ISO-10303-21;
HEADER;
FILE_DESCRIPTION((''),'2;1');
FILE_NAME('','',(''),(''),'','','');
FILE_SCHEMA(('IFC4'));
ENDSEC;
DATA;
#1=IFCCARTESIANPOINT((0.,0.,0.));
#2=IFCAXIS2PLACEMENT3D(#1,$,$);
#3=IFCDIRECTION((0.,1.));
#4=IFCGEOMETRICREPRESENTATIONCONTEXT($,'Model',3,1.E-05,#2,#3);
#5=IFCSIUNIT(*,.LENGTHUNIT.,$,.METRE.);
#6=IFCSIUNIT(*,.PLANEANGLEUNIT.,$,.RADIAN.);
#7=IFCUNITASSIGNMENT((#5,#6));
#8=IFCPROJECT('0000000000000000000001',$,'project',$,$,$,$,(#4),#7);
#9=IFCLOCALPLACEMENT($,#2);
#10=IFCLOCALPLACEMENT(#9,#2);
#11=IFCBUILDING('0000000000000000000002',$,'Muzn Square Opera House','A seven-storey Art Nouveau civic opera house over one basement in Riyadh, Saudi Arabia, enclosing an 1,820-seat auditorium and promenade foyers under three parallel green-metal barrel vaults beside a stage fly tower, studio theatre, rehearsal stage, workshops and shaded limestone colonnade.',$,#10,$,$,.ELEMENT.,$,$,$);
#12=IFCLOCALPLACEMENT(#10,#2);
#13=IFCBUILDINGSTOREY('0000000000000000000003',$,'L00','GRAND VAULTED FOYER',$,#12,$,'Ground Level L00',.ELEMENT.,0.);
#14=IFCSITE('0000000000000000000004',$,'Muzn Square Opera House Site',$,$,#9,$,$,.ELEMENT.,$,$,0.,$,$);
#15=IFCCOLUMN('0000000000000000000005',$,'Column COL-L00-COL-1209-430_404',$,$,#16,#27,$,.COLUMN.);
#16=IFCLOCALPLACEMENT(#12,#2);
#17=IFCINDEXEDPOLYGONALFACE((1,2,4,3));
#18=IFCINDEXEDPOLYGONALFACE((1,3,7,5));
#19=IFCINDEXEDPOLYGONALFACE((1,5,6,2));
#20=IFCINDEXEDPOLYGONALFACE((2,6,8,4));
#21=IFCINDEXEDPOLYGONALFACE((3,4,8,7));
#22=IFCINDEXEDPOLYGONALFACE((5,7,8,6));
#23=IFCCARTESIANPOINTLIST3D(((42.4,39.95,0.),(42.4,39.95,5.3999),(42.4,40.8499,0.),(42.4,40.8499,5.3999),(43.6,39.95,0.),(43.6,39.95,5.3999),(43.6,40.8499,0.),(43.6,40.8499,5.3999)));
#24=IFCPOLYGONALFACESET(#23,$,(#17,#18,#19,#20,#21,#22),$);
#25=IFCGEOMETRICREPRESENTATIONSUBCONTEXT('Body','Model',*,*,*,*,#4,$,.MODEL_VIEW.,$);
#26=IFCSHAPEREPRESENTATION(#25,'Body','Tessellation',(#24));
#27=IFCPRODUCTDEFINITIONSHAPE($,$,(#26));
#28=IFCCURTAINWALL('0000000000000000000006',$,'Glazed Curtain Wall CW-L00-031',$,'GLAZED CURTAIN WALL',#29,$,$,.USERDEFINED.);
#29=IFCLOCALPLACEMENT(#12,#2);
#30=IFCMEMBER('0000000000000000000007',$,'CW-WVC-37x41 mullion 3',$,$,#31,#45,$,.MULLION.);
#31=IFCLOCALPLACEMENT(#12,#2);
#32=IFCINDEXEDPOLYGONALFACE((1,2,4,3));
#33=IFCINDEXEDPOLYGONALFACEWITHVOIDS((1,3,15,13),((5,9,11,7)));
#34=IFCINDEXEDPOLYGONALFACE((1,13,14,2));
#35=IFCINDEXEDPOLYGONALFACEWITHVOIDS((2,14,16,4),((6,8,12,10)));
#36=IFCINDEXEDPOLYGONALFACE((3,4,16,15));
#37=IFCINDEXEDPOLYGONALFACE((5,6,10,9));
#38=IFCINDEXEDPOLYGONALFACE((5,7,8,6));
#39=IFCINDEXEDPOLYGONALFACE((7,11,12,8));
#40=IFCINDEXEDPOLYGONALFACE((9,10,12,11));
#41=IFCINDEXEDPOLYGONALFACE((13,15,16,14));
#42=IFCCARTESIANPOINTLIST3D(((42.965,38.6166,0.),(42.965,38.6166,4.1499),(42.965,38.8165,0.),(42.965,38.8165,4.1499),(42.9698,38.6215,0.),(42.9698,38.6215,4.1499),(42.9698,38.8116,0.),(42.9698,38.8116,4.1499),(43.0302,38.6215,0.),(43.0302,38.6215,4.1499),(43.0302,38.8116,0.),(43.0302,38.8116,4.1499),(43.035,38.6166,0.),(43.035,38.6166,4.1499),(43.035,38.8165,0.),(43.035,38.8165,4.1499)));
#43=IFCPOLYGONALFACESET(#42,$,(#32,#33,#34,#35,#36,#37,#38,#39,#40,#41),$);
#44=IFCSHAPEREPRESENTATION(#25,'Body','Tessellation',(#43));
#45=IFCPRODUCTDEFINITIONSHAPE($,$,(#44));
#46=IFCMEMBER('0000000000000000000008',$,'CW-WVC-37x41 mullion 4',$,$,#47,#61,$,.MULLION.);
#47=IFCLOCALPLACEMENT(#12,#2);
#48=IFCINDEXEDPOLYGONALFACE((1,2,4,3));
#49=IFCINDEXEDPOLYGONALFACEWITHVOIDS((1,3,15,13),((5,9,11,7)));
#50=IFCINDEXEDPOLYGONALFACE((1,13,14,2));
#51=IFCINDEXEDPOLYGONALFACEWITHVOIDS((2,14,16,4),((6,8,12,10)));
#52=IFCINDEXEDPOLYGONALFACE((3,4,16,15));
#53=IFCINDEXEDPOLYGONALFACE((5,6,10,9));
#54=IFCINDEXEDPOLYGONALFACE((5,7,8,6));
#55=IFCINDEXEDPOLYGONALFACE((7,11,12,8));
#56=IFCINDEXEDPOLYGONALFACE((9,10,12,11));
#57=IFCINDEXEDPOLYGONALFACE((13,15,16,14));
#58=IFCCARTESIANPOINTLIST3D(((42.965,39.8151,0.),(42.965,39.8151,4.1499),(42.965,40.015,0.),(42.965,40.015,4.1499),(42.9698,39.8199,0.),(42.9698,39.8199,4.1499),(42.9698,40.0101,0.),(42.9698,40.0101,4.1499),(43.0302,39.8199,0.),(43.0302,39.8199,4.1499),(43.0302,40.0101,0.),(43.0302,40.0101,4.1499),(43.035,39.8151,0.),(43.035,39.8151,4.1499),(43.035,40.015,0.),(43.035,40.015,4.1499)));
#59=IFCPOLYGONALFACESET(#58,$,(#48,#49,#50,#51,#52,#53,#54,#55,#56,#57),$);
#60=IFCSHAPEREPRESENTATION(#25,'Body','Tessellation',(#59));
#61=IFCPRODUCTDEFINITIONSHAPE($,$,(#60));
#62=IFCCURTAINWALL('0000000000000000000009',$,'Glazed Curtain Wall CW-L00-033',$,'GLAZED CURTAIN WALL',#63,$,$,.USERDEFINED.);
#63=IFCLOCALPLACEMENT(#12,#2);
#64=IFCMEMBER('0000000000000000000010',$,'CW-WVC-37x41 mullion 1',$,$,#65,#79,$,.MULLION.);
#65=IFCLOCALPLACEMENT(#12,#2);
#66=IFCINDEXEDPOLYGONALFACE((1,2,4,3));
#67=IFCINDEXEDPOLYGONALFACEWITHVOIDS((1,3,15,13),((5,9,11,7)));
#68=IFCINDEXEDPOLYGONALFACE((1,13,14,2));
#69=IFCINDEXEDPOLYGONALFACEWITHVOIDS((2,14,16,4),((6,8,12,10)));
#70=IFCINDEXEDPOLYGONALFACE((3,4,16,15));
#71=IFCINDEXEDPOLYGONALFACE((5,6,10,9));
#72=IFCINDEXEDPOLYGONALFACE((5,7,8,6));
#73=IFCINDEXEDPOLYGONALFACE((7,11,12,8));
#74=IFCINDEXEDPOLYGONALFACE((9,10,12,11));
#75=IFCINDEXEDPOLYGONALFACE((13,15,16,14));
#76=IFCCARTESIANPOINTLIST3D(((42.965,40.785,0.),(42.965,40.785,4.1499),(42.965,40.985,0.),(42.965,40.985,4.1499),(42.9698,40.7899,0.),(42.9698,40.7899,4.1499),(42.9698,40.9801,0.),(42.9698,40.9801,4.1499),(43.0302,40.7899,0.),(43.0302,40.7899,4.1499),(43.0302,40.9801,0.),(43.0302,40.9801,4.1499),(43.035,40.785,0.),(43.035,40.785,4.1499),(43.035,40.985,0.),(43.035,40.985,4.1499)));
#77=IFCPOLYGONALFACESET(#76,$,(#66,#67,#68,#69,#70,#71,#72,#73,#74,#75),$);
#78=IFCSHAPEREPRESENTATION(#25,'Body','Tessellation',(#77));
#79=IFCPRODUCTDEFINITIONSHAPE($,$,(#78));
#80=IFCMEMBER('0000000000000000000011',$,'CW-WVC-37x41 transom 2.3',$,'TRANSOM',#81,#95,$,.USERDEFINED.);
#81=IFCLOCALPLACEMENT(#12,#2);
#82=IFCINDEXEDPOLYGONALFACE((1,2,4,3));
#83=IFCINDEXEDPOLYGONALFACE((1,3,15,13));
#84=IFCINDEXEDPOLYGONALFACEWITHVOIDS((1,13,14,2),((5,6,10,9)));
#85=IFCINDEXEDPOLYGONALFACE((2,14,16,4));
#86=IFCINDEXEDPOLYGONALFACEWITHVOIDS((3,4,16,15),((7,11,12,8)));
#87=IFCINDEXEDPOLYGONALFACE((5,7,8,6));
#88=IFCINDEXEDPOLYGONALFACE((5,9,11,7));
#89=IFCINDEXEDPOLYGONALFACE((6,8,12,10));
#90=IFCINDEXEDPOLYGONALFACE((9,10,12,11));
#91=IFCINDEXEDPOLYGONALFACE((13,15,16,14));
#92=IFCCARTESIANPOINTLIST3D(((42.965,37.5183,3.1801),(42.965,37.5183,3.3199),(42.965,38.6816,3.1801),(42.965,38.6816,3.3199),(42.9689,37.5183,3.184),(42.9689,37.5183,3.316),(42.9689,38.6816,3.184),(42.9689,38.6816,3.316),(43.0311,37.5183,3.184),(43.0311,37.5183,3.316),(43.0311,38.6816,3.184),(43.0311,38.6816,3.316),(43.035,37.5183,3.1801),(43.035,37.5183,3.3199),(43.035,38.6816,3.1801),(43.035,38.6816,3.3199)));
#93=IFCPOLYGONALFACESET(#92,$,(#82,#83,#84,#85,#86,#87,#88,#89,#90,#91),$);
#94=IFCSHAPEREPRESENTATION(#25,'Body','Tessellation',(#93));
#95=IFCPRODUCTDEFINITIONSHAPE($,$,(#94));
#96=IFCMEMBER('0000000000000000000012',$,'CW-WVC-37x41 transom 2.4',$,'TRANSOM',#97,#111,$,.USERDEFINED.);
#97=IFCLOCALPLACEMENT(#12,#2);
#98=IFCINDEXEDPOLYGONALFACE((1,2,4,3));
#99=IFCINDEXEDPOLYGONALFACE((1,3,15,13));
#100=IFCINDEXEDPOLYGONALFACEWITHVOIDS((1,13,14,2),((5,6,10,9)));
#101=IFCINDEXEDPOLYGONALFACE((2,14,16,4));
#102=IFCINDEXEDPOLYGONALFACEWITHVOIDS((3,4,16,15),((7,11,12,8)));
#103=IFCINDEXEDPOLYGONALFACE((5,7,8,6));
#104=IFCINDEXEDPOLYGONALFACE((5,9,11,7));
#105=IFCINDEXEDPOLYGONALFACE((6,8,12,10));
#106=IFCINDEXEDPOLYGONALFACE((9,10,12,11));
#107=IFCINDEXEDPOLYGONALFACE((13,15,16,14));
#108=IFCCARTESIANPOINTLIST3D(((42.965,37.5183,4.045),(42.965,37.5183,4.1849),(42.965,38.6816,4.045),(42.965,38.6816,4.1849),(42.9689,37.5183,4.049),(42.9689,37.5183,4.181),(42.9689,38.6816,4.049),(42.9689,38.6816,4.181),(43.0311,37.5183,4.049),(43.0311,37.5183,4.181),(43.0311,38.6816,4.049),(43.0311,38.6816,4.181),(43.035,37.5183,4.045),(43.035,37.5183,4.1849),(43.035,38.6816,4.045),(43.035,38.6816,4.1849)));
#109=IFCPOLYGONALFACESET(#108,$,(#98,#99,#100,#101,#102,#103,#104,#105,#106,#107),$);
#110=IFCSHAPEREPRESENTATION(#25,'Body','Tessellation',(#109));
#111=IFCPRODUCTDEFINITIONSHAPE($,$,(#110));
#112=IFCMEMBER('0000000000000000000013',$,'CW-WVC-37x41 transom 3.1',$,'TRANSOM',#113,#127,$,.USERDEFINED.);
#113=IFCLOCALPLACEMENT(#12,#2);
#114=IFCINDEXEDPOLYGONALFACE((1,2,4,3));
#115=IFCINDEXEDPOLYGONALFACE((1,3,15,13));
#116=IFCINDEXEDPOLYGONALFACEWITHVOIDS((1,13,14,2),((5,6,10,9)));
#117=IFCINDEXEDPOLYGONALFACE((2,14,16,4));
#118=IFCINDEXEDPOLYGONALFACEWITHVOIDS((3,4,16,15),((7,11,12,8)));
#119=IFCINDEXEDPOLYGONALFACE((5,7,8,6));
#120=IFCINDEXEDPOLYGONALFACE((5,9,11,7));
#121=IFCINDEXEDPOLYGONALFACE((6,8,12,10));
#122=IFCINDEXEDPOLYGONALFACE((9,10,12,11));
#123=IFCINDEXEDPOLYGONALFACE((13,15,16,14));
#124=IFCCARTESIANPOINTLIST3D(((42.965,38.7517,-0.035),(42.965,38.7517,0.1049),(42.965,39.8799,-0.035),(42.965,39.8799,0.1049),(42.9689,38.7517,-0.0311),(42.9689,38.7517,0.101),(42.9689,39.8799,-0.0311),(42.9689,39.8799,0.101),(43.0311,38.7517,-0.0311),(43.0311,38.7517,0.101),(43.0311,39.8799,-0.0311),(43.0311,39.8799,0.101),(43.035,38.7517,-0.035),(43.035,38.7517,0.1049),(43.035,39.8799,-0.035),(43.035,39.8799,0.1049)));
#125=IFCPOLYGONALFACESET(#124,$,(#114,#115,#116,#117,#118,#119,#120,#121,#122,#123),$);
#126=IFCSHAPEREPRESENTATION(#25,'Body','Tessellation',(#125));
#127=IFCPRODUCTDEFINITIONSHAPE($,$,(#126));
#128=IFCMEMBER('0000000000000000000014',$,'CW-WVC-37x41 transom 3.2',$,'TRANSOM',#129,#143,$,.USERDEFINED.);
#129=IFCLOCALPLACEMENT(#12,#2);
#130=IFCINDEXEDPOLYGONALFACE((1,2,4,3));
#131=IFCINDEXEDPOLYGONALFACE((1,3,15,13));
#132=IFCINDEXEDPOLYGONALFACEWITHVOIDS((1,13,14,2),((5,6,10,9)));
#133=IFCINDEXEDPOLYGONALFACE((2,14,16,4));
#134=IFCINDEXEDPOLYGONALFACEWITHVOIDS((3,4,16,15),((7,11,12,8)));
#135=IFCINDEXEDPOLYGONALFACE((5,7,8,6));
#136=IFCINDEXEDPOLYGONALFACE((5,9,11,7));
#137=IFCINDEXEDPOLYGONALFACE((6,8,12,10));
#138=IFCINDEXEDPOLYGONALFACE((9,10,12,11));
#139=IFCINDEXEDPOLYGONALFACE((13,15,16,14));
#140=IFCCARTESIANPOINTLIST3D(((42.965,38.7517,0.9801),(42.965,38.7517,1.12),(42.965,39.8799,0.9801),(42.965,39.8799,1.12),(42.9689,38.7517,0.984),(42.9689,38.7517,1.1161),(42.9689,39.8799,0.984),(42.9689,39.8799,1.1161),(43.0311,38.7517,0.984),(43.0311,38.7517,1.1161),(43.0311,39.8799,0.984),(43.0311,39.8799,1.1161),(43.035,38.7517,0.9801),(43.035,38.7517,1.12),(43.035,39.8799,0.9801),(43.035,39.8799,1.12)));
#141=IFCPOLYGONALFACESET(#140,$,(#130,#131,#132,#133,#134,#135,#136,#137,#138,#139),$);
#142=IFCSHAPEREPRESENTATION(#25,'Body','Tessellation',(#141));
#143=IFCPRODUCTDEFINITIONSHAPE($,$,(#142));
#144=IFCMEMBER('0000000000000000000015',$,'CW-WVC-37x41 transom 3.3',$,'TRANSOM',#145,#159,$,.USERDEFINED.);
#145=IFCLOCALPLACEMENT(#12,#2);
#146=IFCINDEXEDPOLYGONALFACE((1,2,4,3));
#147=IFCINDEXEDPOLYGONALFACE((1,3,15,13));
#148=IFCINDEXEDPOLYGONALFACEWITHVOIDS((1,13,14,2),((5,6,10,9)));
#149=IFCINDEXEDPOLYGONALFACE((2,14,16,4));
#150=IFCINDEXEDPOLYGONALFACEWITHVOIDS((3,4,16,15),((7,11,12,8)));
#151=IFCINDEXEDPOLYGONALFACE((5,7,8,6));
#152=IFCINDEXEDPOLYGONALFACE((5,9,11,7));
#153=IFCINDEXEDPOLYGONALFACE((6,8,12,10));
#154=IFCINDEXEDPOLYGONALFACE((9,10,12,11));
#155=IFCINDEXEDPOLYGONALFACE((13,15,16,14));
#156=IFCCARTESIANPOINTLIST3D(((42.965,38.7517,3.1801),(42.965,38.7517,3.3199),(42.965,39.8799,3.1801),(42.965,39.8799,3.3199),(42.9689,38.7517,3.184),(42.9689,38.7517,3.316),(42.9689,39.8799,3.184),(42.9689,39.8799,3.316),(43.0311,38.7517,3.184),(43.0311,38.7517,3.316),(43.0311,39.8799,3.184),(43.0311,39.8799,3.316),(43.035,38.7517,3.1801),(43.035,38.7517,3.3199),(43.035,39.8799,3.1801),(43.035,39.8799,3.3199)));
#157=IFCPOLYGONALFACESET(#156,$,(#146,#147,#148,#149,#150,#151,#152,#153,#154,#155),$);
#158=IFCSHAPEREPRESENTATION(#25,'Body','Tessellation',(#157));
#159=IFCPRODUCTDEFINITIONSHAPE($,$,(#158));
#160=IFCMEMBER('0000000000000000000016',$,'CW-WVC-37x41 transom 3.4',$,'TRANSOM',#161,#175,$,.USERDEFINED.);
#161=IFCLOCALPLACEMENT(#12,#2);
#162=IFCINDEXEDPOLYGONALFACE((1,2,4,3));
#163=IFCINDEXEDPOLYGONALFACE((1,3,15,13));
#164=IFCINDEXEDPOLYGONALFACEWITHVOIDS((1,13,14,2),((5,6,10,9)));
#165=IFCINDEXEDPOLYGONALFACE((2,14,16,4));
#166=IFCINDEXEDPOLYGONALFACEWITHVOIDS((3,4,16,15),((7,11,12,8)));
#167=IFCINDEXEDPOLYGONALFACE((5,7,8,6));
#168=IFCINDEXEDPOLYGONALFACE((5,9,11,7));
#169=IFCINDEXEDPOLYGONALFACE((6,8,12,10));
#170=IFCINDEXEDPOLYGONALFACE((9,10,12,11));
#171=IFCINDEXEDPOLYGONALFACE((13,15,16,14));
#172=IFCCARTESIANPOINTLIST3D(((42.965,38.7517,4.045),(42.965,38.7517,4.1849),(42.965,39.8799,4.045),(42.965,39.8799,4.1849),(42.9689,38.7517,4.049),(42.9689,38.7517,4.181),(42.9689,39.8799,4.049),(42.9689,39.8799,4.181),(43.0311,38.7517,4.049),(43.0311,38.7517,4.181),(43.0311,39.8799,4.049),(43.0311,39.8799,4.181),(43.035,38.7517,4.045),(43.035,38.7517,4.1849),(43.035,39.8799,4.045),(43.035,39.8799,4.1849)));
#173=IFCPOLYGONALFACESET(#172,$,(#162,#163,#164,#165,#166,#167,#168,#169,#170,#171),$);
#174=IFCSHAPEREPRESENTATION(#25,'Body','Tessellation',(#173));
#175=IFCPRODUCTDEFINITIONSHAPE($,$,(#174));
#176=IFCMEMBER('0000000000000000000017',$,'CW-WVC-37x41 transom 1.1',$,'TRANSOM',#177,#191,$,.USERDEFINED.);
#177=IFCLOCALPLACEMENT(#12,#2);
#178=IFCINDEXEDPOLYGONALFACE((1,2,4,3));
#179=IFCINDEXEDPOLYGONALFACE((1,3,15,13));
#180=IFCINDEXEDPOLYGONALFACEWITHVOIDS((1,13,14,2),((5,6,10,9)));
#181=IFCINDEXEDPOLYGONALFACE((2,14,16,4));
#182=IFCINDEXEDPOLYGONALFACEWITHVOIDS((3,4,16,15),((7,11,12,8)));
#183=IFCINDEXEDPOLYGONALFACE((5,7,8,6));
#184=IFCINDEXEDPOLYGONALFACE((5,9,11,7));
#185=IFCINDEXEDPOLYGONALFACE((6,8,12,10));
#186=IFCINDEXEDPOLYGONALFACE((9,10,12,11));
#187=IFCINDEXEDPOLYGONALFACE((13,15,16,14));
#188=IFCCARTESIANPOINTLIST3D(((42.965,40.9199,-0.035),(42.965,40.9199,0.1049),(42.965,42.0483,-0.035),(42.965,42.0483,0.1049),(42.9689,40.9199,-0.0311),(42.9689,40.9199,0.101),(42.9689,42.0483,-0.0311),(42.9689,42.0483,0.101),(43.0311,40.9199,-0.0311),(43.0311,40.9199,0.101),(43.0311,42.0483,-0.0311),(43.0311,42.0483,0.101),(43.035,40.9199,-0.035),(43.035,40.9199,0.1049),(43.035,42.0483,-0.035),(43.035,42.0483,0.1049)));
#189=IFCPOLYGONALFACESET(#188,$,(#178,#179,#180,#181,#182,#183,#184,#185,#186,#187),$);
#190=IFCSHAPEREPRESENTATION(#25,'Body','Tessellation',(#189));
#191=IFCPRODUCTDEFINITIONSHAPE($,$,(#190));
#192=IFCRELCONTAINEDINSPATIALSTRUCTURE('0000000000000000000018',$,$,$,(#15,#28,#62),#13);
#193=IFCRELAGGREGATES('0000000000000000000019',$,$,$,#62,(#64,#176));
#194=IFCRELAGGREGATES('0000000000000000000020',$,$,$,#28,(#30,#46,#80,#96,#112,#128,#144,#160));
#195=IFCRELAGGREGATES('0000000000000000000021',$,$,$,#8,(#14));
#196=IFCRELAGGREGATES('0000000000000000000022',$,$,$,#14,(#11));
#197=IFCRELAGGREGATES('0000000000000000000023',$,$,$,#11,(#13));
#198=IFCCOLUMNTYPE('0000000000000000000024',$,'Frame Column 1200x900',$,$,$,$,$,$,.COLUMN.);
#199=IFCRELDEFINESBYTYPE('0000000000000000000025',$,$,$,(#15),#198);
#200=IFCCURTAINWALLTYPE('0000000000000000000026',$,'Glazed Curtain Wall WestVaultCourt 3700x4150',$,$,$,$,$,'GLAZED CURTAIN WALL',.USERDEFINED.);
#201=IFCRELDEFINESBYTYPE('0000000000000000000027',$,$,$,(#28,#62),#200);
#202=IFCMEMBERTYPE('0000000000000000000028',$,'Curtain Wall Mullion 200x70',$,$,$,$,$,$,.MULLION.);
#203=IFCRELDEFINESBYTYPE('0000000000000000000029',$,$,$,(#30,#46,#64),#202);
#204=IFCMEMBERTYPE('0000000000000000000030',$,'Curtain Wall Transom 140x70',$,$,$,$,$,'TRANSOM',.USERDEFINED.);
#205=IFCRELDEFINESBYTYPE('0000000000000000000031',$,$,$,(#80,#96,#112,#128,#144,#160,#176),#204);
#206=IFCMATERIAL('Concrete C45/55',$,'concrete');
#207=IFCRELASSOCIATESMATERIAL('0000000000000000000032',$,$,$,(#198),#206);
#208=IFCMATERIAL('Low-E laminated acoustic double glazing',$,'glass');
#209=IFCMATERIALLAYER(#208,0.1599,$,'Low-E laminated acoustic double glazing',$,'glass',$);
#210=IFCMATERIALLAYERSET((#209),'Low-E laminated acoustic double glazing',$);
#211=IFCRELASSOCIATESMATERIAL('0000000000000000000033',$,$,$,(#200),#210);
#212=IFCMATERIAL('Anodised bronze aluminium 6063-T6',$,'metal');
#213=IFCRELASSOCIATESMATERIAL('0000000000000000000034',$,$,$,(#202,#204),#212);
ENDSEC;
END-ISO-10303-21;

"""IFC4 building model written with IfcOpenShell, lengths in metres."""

from ifc_helpers import new_model, si_unit, direction, frame, origin, origin_2d, place, context, subcontext, project, spatial, rectangle, hollow_rectangle, extrude, material, layer, layer_set, material_profile, profile_set, type_object, element, aggregate, save


model = new_model("IFC4")

# Units and contexts
model_context = context("Model", 3, precision=1e-05, world=origin(), true_north=direction((0.0, 1.0)))
body_context = subcontext(model_context, "Body", "Model", "MODEL_VIEW")
ifc_project = project(units=[si_unit("LENGTHUNIT", "METRE"), si_unit("PLANEANGLEUNIT", "RADIAN")], contexts=[model_context])

# Site, building, storey
site_placement = place(None, origin())
site = spatial("IfcSite", under=ifc_project, at=site_placement, Name="Muzn Square Opera House Site", CompositionType="ELEMENT", RefElevation=0.0)
building_placement = place(site_placement, origin())
building = spatial("IfcBuilding", under=site, at=building_placement, Name="Muzn Square Opera House", Description="A seven-storey Art Nouveau civic opera house over one basement in Riyadh, Saudi Arabia, enclosing an 1,820-seat auditorium and promenade foyers under three parallel green-metal barrel vaults beside a stage fly tower, studio theatre, rehearsal stage, workshops and shaded limestone colonnade.", CompositionType="ELEMENT")
storey_placement = place(building_placement, origin())
storey = spatial("IfcBuildingStorey", under=building, at=storey_placement, Name="L00", Description="GRAND VAULTED FOYER", LongName="Ground Level L00", CompositionType="ELEMENT", Elevation=0.0)

# Column
ifc_material_1 = material(Name="Concrete C45/55", Category="concrete")
ifc_material_profile_1 = material_profile(ifc_material_1, rectangle(XDim=1.2, YDim=0.8999, at=origin_2d()), Name="RC 1200x900", Category="concrete")
ifc_profile_set_1 = profile_set([ifc_material_profile_1], Name="Concrete C45/55")
column_type = type_object("IfcColumnType", Name="Frame Column 1200x900", PredefinedType="COLUMN", material=ifc_profile_set_1)
column_placement = place(storey_placement, frame((43.0, 40.3999, 0.0), z_axis=(0.0, 0.0, 1.0), x_axis=(1.0, 0.0, 0.0)))
element("IfcColumn", 1, at=column_placement, inside=storey, type_object=column_type, Name="Column COL-L00-COL-1209-430_404", PredefinedType="COLUMN", context=body_context, shape_type="SweptSolid", body=[
    extrude(rectangle(XDim=1.2, YDim=0.8999, at=origin_2d()), origin(), (0.0, 0.0, 1.0), 5.3999),
])

# Curtain wall, members
ifc_material_2 = material(Name="Low-E laminated acoustic double glazing", Category="glass")
ifc_layer_1 = layer(ifc_material_2, 0.1599, Name="Low-E laminated acoustic double glazing", Category="glass")
ifc_layer_set_1 = layer_set([ifc_layer_1], Name="Low-E laminated acoustic double glazing")
curtain_wall_type = type_object("IfcCurtainWallType", Name="Glazed Curtain Wall WestVaultCourt 3700x4150", ElementType="GLAZED CURTAIN WALL", PredefinedType="USERDEFINED", material=ifc_layer_set_1)
curtain_wall_1_placement = place(storey_placement, origin())
curtain_wall_1 = element("IfcCurtainWall", 2, at=curtain_wall_1_placement, inside=storey, type_object=curtain_wall_type, Name="Glazed Curtain Wall CW-L00-031", ObjectType="GLAZED CURTAIN WALL", PredefinedType="USERDEFINED")
ifc_material_3 = material(Name="Anodised bronze aluminium 6063-T6", Category="metal")
ifc_material_profile_2 = material_profile(ifc_material_3, hollow_rectangle(XDim=0.0701, YDim=0.2, WallThickness=0.0049, at=origin_2d()), Name="ALU 200x70x5", Category="metal")
ifc_profile_set_2 = profile_set([ifc_material_profile_2], Name="Anodised bronze aluminium 6063-T6")
member_type_1 = type_object("IfcMemberType", Name="Curtain Wall Mullion 200x70", PredefinedType="MULLION", material=ifc_profile_set_2)
member_1_placement = place(storey_placement, frame((43.0, 38.7166, 0.0), z_axis=(0.0, 0.0, 1.0), x_axis=(-1.0, 0.0, 0.0)))
member_1 = element("IfcMember", 3, at=member_1_placement, type_object=member_type_1, Name="CW-WVC-37x41 mullion 3", PredefinedType="MULLION", context=body_context, shape_type="SweptSolid", body=[
    extrude(hollow_rectangle(XDim=0.0701, YDim=0.2, WallThickness=0.0049, at=origin_2d()), origin(), (0.0, 0.0, 1.0), 4.1499),
])
member_2_placement = place(storey_placement, frame((43.0, 39.915, 0.0), z_axis=(0.0, 0.0, 1.0), x_axis=(-1.0, 0.0, 0.0)))
member_2 = element("IfcMember", 4, at=member_2_placement, type_object=member_type_1, Name="CW-WVC-37x41 mullion 4", PredefinedType="MULLION", context=body_context, shape_type="SweptSolid", body=[
    extrude(hollow_rectangle(XDim=0.0701, YDim=0.2, WallThickness=0.0049, at=origin_2d()), origin(), (0.0, 0.0, 1.0), 4.1499),
])

# Curtain wall, member
curtain_wall_2_placement = place(storey_placement, origin())
curtain_wall_2 = element("IfcCurtainWall", 5, at=curtain_wall_2_placement, inside=storey, type_object=curtain_wall_type, Name="Glazed Curtain Wall CW-L00-033", ObjectType="GLAZED CURTAIN WALL", PredefinedType="USERDEFINED")
member_3_placement = place(storey_placement, frame((43.0, 40.885, 0.0), z_axis=(0.0, 0.0, 1.0), x_axis=(-1.0, 0.0, 0.0)))
member_3 = element("IfcMember", 6, at=member_3_placement, type_object=member_type_1, Name="CW-WVC-37x41 mullion 1", PredefinedType="MULLION", context=body_context, shape_type="SweptSolid", body=[
    extrude(hollow_rectangle(XDim=0.0701, YDim=0.2, WallThickness=0.0049, at=origin_2d()), origin(), (0.0, 0.0, 1.0), 4.1499),
])

# Members
ifc_material_profile_3 = material_profile(ifc_material_3, hollow_rectangle(XDim=0.0701, YDim=0.1399, WallThickness=0.0039, at=origin_2d()), Name="ALU 140x70x4", Category="metal")
ifc_profile_set_3 = profile_set([ifc_material_profile_3], Name="Anodised bronze aluminium 6063-T6")
member_type_2 = type_object("IfcMemberType", Name="Curtain Wall Transom 140x70", ElementType="TRANSOM", PredefinedType="USERDEFINED", material=ifc_profile_set_3)
member_4_placement = place(storey_placement, frame((43.0, 37.5183, 3.25), z_axis=(0.0, 1.0, 0.0), x_axis=(-1.0, 0.0, 0.0)))
member_4 = element("IfcMember", 7, at=member_4_placement, type_object=member_type_2, Name="CW-WVC-37x41 transom 2.3", ObjectType="TRANSOM", PredefinedType="USERDEFINED", context=body_context, shape_type="SweptSolid", body=[
    extrude(hollow_rectangle(XDim=0.0701, YDim=0.1399, WallThickness=0.0039, at=origin_2d()), origin(), (0.0, 0.0, 1.0), 1.1633),
])
member_5_placement = place(storey_placement, frame((43.0, 37.5183, 4.115), z_axis=(0.0, 1.0, 0.0), x_axis=(-1.0, 0.0, 0.0)))
member_5 = element("IfcMember", 8, at=member_5_placement, type_object=member_type_2, Name="CW-WVC-37x41 transom 2.4", ObjectType="TRANSOM", PredefinedType="USERDEFINED", context=body_context, shape_type="SweptSolid", body=[
    extrude(hollow_rectangle(XDim=0.0701, YDim=0.1399, WallThickness=0.0039, at=origin_2d()), origin(), (0.0, 0.0, 1.0), 1.1633),
])
member_6_placement = place(storey_placement, frame((43.0, 38.7517, 0.0349), z_axis=(0.0, 1.0, 0.0), x_axis=(-1.0, 0.0, 0.0)))
member_6 = element("IfcMember", 9, at=member_6_placement, type_object=member_type_2, Name="CW-WVC-37x41 transom 3.1", ObjectType="TRANSOM", PredefinedType="USERDEFINED", context=body_context, shape_type="SweptSolid", body=[
    extrude(hollow_rectangle(XDim=0.0701, YDim=0.1399, WallThickness=0.0039, at=origin_2d()), origin(), (0.0, 0.0, 1.0), 1.1282),
])
member_7_placement = place(storey_placement, frame((43.0, 38.7517, 1.05), z_axis=(0.0, 1.0, 0.0), x_axis=(-1.0, 0.0, 0.0)))
member_7 = element("IfcMember", 10, at=member_7_placement, type_object=member_type_2, Name="CW-WVC-37x41 transom 3.2", ObjectType="TRANSOM", PredefinedType="USERDEFINED", context=body_context, shape_type="SweptSolid", body=[
    extrude(hollow_rectangle(XDim=0.0701, YDim=0.1399, WallThickness=0.0039, at=origin_2d()), origin(), (0.0, 0.0, 1.0), 1.1282),
])
member_8_placement = place(storey_placement, frame((43.0, 38.7517, 3.25), z_axis=(0.0, 1.0, 0.0), x_axis=(-1.0, 0.0, 0.0)))
member_8 = element("IfcMember", 11, at=member_8_placement, type_object=member_type_2, Name="CW-WVC-37x41 transom 3.3", ObjectType="TRANSOM", PredefinedType="USERDEFINED", context=body_context, shape_type="SweptSolid", body=[
    extrude(hollow_rectangle(XDim=0.0701, YDim=0.1399, WallThickness=0.0039, at=origin_2d()), origin(), (0.0, 0.0, 1.0), 1.1282),
])
member_9_placement = place(storey_placement, frame((43.0, 38.7517, 4.115), z_axis=(0.0, 1.0, 0.0), x_axis=(-1.0, 0.0, 0.0)))
member_9 = element("IfcMember", 12, at=member_9_placement, type_object=member_type_2, Name="CW-WVC-37x41 transom 3.4", ObjectType="TRANSOM", PredefinedType="USERDEFINED", context=body_context, shape_type="SweptSolid", body=[
    extrude(hollow_rectangle(XDim=0.0701, YDim=0.1399, WallThickness=0.0039, at=origin_2d()), origin(), (0.0, 0.0, 1.0), 1.1282),
])
member_10_placement = place(storey_placement, frame((43.0, 40.9199, 0.0349), z_axis=(0.0, 1.0, 0.0), x_axis=(-1.0, 0.0, 0.0)))
member_10 = element("IfcMember", 13, at=member_10_placement, type_object=member_type_2, Name="CW-WVC-37x41 transom 1.1", ObjectType="TRANSOM", PredefinedType="USERDEFINED", context=body_context, shape_type="SweptSolid", body=[
    extrude(hollow_rectangle(XDim=0.0701, YDim=0.1399, WallThickness=0.0039, at=origin_2d()), origin(), (0.0, 0.0, 1.0), 1.1284),
])
aggregate(curtain_wall_2, [member_3, member_10])

aggregate(curtain_wall_1, [member_1, member_2, member_4, member_5, member_6, member_7, member_8, member_9])

save(model, "model.ifc")
